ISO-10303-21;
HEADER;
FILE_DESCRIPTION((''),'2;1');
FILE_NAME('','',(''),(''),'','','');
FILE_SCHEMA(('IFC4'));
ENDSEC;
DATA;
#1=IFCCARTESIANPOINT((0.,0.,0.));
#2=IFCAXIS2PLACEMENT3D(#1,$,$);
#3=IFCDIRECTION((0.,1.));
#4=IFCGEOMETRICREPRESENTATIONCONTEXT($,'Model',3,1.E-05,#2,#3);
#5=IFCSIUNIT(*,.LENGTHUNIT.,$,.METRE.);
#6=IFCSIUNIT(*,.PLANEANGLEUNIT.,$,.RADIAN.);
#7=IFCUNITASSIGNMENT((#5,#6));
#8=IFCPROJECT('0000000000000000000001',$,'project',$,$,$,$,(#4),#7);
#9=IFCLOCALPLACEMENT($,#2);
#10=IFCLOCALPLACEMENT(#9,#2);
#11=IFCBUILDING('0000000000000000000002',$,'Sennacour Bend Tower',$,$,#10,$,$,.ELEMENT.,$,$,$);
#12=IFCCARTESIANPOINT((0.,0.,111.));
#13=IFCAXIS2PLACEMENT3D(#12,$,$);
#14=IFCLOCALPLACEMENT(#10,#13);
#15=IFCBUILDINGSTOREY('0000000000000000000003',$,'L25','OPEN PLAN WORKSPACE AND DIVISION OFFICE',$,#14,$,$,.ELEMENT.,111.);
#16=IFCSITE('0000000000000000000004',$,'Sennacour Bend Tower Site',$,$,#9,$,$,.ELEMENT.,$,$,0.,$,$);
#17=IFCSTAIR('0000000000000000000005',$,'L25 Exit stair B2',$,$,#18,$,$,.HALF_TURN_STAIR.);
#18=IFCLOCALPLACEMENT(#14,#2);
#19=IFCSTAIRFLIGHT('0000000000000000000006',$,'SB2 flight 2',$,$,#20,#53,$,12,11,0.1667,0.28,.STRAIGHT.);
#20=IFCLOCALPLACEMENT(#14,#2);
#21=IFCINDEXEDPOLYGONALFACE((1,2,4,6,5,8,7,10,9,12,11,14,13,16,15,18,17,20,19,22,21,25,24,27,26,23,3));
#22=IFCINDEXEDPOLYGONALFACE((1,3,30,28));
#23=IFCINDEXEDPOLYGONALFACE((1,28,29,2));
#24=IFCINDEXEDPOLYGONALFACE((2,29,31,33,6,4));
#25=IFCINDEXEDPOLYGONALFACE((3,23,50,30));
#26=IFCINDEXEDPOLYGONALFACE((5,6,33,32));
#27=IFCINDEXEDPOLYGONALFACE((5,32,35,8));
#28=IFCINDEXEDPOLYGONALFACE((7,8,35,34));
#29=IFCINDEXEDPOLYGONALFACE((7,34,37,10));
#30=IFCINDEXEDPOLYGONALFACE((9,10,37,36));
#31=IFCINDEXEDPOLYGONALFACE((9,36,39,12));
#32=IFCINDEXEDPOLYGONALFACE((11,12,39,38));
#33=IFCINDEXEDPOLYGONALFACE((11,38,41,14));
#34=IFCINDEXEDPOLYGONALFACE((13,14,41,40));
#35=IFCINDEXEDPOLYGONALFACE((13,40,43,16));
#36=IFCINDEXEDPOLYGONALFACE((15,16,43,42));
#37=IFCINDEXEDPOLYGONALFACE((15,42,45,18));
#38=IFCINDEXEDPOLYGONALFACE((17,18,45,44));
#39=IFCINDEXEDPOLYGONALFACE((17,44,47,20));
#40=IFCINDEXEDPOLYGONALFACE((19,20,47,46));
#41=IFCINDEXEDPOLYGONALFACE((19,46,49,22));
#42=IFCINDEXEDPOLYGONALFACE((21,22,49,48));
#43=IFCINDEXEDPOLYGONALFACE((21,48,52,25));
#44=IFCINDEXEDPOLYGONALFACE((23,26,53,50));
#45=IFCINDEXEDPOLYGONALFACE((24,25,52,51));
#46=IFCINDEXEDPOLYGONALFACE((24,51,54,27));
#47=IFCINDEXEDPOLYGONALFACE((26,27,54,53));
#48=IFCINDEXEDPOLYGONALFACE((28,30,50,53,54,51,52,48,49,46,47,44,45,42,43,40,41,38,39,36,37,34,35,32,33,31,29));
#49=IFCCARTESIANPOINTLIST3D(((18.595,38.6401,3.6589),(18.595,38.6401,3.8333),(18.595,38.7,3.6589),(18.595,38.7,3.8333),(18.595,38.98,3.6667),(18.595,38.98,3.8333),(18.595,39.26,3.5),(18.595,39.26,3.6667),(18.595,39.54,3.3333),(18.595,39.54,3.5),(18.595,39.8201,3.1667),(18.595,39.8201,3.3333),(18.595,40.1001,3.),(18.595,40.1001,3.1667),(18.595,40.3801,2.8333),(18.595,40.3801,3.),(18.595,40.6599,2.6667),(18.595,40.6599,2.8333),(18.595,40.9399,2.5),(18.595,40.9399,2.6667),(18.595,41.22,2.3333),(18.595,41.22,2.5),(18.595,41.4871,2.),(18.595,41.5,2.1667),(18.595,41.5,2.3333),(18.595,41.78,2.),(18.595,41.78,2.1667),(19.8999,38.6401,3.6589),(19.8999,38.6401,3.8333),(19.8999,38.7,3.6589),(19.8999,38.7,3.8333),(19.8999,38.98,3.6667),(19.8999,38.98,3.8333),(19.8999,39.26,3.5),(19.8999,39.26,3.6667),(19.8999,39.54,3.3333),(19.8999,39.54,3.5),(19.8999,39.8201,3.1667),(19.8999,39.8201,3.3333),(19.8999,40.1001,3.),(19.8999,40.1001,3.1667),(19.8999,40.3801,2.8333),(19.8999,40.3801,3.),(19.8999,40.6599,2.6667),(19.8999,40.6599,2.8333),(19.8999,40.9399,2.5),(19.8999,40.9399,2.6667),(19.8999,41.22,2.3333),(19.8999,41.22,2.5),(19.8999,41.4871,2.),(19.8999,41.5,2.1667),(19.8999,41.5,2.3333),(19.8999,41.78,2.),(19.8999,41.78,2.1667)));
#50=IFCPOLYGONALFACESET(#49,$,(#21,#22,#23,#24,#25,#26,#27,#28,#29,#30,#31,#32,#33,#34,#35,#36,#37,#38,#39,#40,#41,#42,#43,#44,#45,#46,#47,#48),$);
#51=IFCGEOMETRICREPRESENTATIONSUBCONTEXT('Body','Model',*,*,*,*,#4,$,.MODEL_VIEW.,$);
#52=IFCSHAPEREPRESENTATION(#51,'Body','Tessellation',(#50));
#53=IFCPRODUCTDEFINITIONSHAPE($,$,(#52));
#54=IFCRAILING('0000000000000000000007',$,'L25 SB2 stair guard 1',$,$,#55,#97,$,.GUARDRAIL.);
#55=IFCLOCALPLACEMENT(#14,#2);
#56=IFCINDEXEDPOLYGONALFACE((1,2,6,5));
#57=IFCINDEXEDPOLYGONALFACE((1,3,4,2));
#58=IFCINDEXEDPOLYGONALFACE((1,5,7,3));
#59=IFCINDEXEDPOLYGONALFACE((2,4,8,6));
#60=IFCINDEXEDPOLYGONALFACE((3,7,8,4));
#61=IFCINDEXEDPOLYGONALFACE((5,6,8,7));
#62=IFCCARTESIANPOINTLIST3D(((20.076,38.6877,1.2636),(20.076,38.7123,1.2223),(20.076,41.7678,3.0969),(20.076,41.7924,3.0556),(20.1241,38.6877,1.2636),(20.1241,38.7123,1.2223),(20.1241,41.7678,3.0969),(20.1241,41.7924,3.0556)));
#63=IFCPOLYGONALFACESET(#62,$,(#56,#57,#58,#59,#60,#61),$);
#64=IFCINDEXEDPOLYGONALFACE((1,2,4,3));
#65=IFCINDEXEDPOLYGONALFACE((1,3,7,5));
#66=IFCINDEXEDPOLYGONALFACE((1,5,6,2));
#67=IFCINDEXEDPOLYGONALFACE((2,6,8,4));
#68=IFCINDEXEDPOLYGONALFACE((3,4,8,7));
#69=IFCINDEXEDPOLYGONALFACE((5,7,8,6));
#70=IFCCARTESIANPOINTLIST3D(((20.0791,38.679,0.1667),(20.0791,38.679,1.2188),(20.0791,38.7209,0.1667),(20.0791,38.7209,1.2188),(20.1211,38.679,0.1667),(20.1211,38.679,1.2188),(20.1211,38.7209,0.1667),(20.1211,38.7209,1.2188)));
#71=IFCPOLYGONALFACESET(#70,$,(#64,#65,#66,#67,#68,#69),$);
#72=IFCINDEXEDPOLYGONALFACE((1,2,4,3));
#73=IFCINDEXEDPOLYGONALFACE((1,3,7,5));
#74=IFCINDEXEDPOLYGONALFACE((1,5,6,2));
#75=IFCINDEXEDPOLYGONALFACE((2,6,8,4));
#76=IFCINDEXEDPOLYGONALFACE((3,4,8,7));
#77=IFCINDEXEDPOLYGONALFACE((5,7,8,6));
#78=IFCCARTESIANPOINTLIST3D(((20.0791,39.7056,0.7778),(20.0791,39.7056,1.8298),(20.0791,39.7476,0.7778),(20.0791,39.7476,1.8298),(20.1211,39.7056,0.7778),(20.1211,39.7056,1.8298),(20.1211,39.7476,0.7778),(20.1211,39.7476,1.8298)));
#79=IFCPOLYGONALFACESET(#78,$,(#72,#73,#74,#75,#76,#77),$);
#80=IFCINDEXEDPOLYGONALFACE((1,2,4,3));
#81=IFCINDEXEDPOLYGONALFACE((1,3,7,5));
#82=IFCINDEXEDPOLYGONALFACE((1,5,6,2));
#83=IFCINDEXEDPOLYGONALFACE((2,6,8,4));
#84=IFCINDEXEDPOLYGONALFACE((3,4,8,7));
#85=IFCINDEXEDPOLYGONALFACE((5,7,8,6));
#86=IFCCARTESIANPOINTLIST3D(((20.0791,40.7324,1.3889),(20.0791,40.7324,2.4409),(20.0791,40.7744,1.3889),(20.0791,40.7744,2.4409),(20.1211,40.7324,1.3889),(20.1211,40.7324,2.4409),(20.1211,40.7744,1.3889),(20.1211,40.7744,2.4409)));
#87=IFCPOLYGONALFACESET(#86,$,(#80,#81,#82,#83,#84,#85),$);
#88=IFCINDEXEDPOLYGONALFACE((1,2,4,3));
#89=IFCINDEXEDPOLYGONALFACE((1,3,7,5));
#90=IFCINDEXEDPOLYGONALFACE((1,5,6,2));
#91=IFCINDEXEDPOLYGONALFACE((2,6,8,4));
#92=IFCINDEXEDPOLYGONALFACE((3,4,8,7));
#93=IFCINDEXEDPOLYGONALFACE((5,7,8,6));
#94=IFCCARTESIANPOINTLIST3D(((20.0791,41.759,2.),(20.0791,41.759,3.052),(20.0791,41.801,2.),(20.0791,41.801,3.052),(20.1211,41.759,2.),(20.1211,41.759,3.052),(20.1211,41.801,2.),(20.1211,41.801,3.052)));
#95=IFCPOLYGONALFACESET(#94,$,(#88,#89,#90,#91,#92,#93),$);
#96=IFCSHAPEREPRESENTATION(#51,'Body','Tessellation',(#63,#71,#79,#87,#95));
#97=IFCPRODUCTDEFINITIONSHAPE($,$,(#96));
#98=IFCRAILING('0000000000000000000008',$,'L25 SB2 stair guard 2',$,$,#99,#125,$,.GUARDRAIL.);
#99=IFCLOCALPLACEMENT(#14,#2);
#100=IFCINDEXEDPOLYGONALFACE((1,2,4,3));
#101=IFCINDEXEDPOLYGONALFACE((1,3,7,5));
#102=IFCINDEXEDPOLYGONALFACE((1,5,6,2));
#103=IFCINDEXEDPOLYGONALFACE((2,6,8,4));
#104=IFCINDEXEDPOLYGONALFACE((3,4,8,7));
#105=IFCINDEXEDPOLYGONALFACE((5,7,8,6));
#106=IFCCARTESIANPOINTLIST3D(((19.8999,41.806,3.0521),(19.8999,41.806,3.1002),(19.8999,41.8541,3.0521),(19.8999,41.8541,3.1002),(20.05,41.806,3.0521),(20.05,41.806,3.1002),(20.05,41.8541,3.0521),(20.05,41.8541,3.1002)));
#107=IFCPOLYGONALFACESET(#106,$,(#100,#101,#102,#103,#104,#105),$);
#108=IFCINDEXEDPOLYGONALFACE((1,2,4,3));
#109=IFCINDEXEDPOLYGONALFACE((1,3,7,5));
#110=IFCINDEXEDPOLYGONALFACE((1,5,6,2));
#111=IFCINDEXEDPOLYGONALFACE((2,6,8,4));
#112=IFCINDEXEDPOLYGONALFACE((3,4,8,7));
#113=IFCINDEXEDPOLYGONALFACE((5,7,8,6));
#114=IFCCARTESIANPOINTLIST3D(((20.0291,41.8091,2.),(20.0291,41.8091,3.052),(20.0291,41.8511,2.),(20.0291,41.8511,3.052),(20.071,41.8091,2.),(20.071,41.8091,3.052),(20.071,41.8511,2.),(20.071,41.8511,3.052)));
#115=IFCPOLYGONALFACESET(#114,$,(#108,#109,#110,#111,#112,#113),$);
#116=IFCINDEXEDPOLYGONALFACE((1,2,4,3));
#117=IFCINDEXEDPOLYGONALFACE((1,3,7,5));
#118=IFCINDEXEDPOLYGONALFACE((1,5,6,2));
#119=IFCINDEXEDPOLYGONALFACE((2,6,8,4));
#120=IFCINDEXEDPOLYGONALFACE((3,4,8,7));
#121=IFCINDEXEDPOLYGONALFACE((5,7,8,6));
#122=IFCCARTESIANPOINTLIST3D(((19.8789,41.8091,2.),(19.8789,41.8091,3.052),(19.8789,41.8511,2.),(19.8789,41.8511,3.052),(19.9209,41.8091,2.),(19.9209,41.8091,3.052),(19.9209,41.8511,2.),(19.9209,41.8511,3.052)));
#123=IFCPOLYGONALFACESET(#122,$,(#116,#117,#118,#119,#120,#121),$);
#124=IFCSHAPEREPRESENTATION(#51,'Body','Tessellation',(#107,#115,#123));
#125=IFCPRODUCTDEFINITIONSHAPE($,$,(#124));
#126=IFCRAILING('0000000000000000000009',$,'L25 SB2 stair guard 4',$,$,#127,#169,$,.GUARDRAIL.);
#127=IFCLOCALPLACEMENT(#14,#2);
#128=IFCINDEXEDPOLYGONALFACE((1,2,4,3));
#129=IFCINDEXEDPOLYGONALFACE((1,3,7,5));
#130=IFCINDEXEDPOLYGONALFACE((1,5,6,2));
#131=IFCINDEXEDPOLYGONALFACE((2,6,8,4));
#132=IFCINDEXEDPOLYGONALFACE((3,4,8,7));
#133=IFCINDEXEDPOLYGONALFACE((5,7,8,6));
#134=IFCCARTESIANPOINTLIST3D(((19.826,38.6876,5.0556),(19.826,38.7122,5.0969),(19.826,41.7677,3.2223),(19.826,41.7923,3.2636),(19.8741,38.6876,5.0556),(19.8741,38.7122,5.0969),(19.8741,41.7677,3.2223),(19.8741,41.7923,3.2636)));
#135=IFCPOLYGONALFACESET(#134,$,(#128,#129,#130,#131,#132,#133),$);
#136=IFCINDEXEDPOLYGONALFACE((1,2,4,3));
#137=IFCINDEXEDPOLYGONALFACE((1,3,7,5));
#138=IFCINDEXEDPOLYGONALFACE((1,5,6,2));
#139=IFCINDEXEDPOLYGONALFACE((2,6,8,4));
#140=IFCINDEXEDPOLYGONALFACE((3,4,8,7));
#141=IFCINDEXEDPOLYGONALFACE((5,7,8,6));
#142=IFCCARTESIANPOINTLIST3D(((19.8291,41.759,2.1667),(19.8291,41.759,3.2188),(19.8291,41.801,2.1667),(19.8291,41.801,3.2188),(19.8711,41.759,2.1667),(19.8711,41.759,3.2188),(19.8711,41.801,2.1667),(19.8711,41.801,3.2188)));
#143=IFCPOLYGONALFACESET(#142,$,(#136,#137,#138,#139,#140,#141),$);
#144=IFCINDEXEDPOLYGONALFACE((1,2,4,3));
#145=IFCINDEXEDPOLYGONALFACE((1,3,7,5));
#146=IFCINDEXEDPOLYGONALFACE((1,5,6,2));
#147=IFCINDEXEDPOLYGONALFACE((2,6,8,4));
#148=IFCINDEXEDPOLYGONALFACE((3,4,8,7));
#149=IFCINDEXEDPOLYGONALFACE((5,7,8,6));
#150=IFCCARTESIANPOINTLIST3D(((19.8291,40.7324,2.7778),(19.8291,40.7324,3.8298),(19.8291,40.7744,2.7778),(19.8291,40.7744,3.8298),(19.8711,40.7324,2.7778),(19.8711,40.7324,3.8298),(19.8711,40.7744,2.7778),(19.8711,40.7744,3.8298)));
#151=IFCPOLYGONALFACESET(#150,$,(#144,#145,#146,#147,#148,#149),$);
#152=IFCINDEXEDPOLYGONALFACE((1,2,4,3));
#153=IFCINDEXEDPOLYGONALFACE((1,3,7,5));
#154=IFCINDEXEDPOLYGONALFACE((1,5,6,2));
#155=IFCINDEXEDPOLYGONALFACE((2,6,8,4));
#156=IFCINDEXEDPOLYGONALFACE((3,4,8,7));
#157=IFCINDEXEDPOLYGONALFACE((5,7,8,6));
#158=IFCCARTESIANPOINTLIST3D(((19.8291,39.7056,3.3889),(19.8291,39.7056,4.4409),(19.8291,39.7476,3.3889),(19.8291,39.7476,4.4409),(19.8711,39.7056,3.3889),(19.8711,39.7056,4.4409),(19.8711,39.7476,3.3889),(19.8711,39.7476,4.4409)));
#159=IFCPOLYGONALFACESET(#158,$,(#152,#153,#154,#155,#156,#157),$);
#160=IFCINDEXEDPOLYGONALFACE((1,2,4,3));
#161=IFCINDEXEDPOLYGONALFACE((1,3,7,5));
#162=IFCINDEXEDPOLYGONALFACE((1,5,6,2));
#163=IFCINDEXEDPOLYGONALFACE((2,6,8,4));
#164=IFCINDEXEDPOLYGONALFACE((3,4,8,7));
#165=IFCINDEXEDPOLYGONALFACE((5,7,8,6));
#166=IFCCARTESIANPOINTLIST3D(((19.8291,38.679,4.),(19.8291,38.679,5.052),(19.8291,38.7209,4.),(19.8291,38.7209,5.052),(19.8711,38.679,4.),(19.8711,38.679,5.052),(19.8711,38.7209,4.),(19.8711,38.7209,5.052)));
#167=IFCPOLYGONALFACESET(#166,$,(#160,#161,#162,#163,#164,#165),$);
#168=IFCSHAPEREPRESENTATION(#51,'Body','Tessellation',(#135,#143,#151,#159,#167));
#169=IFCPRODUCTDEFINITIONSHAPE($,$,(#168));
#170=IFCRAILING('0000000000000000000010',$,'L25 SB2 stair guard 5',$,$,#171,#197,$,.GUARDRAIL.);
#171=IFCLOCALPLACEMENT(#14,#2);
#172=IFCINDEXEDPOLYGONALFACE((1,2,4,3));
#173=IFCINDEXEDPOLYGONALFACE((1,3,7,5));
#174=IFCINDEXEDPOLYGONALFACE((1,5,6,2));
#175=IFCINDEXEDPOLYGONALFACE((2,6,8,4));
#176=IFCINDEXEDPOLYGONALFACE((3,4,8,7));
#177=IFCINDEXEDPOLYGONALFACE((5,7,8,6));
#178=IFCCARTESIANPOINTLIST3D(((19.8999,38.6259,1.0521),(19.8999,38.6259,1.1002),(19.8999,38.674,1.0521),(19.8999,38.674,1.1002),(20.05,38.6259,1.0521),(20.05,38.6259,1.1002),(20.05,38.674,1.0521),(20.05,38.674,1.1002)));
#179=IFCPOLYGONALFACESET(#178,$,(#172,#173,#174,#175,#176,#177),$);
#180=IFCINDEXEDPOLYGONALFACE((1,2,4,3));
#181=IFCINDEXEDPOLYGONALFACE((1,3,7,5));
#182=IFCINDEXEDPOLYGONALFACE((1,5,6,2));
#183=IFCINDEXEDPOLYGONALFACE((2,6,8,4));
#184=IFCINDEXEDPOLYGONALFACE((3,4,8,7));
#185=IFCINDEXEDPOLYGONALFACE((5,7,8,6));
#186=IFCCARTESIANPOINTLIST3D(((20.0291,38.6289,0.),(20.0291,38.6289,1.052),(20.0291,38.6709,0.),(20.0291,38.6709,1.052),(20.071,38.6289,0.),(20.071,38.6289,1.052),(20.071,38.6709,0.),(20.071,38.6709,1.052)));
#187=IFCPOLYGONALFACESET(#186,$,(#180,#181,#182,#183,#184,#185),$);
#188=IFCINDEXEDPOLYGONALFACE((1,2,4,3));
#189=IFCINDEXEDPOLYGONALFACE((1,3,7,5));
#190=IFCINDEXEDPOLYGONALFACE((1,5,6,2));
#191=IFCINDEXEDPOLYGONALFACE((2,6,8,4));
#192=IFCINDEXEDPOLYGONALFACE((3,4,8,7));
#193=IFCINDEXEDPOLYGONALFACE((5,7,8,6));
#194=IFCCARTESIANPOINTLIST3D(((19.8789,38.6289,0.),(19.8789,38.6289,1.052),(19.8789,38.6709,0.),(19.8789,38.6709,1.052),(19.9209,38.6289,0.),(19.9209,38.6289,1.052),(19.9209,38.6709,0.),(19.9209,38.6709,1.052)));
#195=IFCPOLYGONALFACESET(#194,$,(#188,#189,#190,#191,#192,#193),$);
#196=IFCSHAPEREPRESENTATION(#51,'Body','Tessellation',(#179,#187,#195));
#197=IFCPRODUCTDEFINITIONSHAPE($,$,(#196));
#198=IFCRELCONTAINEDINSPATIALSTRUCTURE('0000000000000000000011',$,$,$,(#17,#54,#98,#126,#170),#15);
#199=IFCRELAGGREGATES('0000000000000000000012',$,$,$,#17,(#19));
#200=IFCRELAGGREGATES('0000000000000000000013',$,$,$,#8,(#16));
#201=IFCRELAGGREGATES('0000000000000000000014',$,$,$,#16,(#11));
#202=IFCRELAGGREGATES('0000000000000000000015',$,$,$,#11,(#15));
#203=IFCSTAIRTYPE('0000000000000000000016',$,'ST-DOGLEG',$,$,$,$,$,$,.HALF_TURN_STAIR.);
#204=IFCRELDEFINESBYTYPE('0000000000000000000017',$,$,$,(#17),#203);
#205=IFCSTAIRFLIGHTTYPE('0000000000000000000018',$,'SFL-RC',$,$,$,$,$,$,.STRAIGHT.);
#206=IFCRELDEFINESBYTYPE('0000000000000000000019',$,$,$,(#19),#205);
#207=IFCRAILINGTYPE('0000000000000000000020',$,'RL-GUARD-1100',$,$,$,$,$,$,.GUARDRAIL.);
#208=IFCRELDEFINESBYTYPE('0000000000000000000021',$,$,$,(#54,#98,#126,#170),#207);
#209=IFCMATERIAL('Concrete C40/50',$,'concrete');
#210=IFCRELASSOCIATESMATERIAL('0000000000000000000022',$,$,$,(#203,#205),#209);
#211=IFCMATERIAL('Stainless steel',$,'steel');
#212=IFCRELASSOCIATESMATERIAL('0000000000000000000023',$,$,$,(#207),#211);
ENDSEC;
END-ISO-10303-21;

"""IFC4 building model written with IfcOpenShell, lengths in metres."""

from ifc_helpers import new_model, si_unit, direction, frame, origin, origin_2d, place, context, subcontext, project, spatial, polyline, rectangle, outline, extrude, material, type_object, element, aggregate, save


model = new_model("IFC4")

# Units and contexts
model_context = context("Model", 3, precision=1e-05, world=origin(), true_north=direction((0.0, 1.0)))
body_context = subcontext(model_context, "Body", "Model", "MODEL_VIEW")
ifc_project = project(units=[si_unit("LENGTHUNIT", "METRE"), si_unit("PLANEANGLEUNIT", "RADIAN")], contexts=[model_context])

# Site, building, storey
site_placement = place(None, origin())
site = spatial("IfcSite", under=ifc_project, at=site_placement, Name="Sennacour Bend Tower Site", CompositionType="ELEMENT", RefElevation=0.0)
building_placement = place(site_placement, origin())
building = spatial("IfcBuilding", under=site, at=building_placement, Name="Sennacour Bend Tower", CompositionType="ELEMENT")
storey_placement = place(building_placement, frame((0.0, 0.0, 111.0)))
storey = spatial("IfcBuildingStorey", under=building, at=storey_placement, Name="L25", Description="OPEN PLAN WORKSPACE AND DIVISION OFFICE", CompositionType="ELEMENT", Elevation=111.0)

# Shared definitions
ifc_material_1 = material(Name="Stainless steel", Category="steel")

# Stair, stair flight
ifc_material_2 = material(Name="Concrete C40/50", Category="concrete")
stair_type = type_object("IfcStairType", Name="ST-DOGLEG", PredefinedType="HALF_TURN_STAIR", material=ifc_material_2)
stair_placement = place(storey_placement, origin())
stair = element("IfcStair", 1, at=stair_placement, inside=storey, type_object=stair_type, Name="L25 Exit stair B2", PredefinedType="HALF_TURN_STAIR")
stair_flight_type = type_object("IfcStairFlightType", Name="SFL-RC", PredefinedType="STRAIGHT", material=ifc_material_2)
stair_flight_1_placement = place(storey_placement, frame((19.2476, 41.78, 2.0), z_axis=(0.0, 0.0, 1.0), x_axis=(0.0, -1.0, 0.0)))
stair_flight_1 = element("IfcStairFlight", 2, at=stair_flight_1_placement, type_object=stair_flight_type, Name="SB2 flight 2", NumberOfRisers=12, NumberOfTreads=11, PredefinedType="STRAIGHT", RiserHeight=0.1667, TreadLength=0.28, context=body_context, shape_type="SweptSolid", body=[
    extrude(outline(polyline([(0.0, 0.0), (0.0, 0.1667), (0.28, 0.1667), (0.28, 0.3333), (0.5601, 0.3333), (0.5601, 0.5), (0.8401, 0.5), (0.8401, 0.6667), (1.1201, 0.6667), (1.1201, 0.8333), (1.3999, 0.8333), (1.3999, 1.0), (1.6799, 1.0), (1.6799, 1.1667), (1.96, 1.1667), (1.96, 1.3333), (2.24, 1.3333), (2.24, 1.5), (2.52, 1.5), (2.52, 1.6667), (2.8, 1.6667), (2.8, 1.8333), (3.0801, 1.8333), (3.1399, 1.8333), (3.1399, 1.6589), (3.0801, 1.6589), (0.293, 0.0), (0.0, 0.0)])), frame((0.0, 0.6523, 0.0), z_axis=(0.0, -1.0, 0.0), x_axis=(1.0, 0.0, 0.0)), (0.0, 0.0, 1.0), 1.3049),
])
aggregate(stair, [stair_flight_1])

# Railings
railing_type_1 = type_object("IfcRailingType", Name="RL-GUARD-1100", PredefinedType="GUARDRAIL", material=ifc_material_1)
railing_1_placement = place(storey_placement, frame((20.1001, 38.7, 0.1667)))
element("IfcRailing", 3, at=railing_1_placement, inside=storey, type_object=railing_type_1, Name="L25 SB2 stair guard 1", PredefinedType="GUARDRAIL", context=body_context, shape_type="SweptSolid", body=[
    extrude(rectangle(XDim=0.0481, YDim=0.0481, at=origin_2d()), frame((0.0, 0.0, 1.0762), z_axis=(0.0, 0.859309, 0.511458), x_axis=(-1.0, 0.0, 0.0)), (0.0, 0.0, 1.0), 3.5845),
    extrude(rectangle(XDim=0.042, YDim=0.042, at=origin_2d()), origin(), (0.0, 0.0, 1.0), 1.052),
    extrude(rectangle(XDim=0.042, YDim=0.042, at=origin_2d()), frame((0.0, 1.0266, 0.6111)), (0.0, 0.0, 1.0), 1.052),
    extrude(rectangle(XDim=0.042, YDim=0.042, at=origin_2d()), frame((0.0, 2.0535, 1.2222)), (0.0, 0.0, 1.0), 1.052),
    extrude(rectangle(XDim=0.042, YDim=0.042, at=origin_2d()), frame((0.0, 3.0801, 1.8333)), (0.0, 0.0, 1.0), 1.052),
])
railing_2_placement = place(storey_placement, frame((20.05, 41.8301, 2.0)))
element("IfcRailing", 4, at=railing_2_placement, inside=storey, type_object=railing_type_1, Name="L25 SB2 stair guard 2", PredefinedType="GUARDRAIL", context=body_context, shape_type="SweptSolid", body=[
    extrude(rectangle(XDim=0.0481, YDim=0.0481, at=origin_2d()), frame((0.0, 0.0, 1.0762), z_axis=(-1.0, 0.0, 0.0), x_axis=(0.0, -1.0, 0.0)), (0.0, 0.0, 1.0), 0.1501),
    extrude(rectangle(XDim=0.042, YDim=0.042, at=origin_2d()), origin(), (0.0, 0.0, 1.0), 1.052),
    extrude(rectangle(XDim=0.042, YDim=0.042, at=origin_2d()), frame((-0.1501, 0.0, 0.0)), (0.0, 0.0, 1.0), 1.052),
])
railing_3_placement = place(storey_placement, frame((19.8501, 41.78, 2.1667)))
element("IfcRailing", 5, at=railing_3_placement, inside=storey, type_object=railing_type_1, Name="L25 SB2 stair guard 4", PredefinedType="GUARDRAIL", context=body_context, shape_type="SweptSolid", body=[
    extrude(rectangle(XDim=0.0481, YDim=0.0481, at=origin_2d()), frame((0.0, 0.0, 1.0762), z_axis=(0.0, -0.859309, 0.511458), x_axis=(1.0, 0.0, 0.0)), (0.0, 0.0, 1.0), 3.5845),
    extrude(rectangle(XDim=0.042, YDim=0.042, at=origin_2d()), origin(), (0.0, 0.0, 1.0), 1.052),
    extrude(rectangle(XDim=0.042, YDim=0.042, at=origin_2d()), frame((0.0, -1.0266, 0.6111)), (0.0, 0.0, 1.0), 1.052),
    extrude(rectangle(XDim=0.042, YDim=0.042, at=origin_2d()), frame((0.0, -2.0535, 1.2222)), (0.0, 0.0, 1.0), 1.052),
    extrude(rectangle(XDim=0.042, YDim=0.042, at=origin_2d()), frame((0.0, -3.0801, 1.8333)), (0.0, 0.0, 1.0), 1.052),
])
railing_4_placement = place(storey_placement, frame((20.05, 38.6499, 0.0)))
element("IfcRailing", 6, at=railing_4_placement, inside=storey, type_object=railing_type_1, Name="L25 SB2 stair guard 5", PredefinedType="GUARDRAIL", context=body_context, shape_type="SweptSolid", body=[
    extrude(rectangle(XDim=0.0481, YDim=0.0481, at=origin_2d()), frame((0.0, 0.0, 1.0762), z_axis=(-1.0, 0.0, 0.0), x_axis=(0.0, -1.0, 0.0)), (0.0, 0.0, 1.0), 0.1501),
    extrude(rectangle(XDim=0.042, YDim=0.042, at=origin_2d()), origin(), (0.0, 0.0, 1.0), 1.052),
    extrude(rectangle(XDim=0.042, YDim=0.042, at=origin_2d()), frame((-0.1501, 0.0, 0.0)), (0.0, 0.0, 1.0), 1.052),
])

save(model, "model.ifc")
